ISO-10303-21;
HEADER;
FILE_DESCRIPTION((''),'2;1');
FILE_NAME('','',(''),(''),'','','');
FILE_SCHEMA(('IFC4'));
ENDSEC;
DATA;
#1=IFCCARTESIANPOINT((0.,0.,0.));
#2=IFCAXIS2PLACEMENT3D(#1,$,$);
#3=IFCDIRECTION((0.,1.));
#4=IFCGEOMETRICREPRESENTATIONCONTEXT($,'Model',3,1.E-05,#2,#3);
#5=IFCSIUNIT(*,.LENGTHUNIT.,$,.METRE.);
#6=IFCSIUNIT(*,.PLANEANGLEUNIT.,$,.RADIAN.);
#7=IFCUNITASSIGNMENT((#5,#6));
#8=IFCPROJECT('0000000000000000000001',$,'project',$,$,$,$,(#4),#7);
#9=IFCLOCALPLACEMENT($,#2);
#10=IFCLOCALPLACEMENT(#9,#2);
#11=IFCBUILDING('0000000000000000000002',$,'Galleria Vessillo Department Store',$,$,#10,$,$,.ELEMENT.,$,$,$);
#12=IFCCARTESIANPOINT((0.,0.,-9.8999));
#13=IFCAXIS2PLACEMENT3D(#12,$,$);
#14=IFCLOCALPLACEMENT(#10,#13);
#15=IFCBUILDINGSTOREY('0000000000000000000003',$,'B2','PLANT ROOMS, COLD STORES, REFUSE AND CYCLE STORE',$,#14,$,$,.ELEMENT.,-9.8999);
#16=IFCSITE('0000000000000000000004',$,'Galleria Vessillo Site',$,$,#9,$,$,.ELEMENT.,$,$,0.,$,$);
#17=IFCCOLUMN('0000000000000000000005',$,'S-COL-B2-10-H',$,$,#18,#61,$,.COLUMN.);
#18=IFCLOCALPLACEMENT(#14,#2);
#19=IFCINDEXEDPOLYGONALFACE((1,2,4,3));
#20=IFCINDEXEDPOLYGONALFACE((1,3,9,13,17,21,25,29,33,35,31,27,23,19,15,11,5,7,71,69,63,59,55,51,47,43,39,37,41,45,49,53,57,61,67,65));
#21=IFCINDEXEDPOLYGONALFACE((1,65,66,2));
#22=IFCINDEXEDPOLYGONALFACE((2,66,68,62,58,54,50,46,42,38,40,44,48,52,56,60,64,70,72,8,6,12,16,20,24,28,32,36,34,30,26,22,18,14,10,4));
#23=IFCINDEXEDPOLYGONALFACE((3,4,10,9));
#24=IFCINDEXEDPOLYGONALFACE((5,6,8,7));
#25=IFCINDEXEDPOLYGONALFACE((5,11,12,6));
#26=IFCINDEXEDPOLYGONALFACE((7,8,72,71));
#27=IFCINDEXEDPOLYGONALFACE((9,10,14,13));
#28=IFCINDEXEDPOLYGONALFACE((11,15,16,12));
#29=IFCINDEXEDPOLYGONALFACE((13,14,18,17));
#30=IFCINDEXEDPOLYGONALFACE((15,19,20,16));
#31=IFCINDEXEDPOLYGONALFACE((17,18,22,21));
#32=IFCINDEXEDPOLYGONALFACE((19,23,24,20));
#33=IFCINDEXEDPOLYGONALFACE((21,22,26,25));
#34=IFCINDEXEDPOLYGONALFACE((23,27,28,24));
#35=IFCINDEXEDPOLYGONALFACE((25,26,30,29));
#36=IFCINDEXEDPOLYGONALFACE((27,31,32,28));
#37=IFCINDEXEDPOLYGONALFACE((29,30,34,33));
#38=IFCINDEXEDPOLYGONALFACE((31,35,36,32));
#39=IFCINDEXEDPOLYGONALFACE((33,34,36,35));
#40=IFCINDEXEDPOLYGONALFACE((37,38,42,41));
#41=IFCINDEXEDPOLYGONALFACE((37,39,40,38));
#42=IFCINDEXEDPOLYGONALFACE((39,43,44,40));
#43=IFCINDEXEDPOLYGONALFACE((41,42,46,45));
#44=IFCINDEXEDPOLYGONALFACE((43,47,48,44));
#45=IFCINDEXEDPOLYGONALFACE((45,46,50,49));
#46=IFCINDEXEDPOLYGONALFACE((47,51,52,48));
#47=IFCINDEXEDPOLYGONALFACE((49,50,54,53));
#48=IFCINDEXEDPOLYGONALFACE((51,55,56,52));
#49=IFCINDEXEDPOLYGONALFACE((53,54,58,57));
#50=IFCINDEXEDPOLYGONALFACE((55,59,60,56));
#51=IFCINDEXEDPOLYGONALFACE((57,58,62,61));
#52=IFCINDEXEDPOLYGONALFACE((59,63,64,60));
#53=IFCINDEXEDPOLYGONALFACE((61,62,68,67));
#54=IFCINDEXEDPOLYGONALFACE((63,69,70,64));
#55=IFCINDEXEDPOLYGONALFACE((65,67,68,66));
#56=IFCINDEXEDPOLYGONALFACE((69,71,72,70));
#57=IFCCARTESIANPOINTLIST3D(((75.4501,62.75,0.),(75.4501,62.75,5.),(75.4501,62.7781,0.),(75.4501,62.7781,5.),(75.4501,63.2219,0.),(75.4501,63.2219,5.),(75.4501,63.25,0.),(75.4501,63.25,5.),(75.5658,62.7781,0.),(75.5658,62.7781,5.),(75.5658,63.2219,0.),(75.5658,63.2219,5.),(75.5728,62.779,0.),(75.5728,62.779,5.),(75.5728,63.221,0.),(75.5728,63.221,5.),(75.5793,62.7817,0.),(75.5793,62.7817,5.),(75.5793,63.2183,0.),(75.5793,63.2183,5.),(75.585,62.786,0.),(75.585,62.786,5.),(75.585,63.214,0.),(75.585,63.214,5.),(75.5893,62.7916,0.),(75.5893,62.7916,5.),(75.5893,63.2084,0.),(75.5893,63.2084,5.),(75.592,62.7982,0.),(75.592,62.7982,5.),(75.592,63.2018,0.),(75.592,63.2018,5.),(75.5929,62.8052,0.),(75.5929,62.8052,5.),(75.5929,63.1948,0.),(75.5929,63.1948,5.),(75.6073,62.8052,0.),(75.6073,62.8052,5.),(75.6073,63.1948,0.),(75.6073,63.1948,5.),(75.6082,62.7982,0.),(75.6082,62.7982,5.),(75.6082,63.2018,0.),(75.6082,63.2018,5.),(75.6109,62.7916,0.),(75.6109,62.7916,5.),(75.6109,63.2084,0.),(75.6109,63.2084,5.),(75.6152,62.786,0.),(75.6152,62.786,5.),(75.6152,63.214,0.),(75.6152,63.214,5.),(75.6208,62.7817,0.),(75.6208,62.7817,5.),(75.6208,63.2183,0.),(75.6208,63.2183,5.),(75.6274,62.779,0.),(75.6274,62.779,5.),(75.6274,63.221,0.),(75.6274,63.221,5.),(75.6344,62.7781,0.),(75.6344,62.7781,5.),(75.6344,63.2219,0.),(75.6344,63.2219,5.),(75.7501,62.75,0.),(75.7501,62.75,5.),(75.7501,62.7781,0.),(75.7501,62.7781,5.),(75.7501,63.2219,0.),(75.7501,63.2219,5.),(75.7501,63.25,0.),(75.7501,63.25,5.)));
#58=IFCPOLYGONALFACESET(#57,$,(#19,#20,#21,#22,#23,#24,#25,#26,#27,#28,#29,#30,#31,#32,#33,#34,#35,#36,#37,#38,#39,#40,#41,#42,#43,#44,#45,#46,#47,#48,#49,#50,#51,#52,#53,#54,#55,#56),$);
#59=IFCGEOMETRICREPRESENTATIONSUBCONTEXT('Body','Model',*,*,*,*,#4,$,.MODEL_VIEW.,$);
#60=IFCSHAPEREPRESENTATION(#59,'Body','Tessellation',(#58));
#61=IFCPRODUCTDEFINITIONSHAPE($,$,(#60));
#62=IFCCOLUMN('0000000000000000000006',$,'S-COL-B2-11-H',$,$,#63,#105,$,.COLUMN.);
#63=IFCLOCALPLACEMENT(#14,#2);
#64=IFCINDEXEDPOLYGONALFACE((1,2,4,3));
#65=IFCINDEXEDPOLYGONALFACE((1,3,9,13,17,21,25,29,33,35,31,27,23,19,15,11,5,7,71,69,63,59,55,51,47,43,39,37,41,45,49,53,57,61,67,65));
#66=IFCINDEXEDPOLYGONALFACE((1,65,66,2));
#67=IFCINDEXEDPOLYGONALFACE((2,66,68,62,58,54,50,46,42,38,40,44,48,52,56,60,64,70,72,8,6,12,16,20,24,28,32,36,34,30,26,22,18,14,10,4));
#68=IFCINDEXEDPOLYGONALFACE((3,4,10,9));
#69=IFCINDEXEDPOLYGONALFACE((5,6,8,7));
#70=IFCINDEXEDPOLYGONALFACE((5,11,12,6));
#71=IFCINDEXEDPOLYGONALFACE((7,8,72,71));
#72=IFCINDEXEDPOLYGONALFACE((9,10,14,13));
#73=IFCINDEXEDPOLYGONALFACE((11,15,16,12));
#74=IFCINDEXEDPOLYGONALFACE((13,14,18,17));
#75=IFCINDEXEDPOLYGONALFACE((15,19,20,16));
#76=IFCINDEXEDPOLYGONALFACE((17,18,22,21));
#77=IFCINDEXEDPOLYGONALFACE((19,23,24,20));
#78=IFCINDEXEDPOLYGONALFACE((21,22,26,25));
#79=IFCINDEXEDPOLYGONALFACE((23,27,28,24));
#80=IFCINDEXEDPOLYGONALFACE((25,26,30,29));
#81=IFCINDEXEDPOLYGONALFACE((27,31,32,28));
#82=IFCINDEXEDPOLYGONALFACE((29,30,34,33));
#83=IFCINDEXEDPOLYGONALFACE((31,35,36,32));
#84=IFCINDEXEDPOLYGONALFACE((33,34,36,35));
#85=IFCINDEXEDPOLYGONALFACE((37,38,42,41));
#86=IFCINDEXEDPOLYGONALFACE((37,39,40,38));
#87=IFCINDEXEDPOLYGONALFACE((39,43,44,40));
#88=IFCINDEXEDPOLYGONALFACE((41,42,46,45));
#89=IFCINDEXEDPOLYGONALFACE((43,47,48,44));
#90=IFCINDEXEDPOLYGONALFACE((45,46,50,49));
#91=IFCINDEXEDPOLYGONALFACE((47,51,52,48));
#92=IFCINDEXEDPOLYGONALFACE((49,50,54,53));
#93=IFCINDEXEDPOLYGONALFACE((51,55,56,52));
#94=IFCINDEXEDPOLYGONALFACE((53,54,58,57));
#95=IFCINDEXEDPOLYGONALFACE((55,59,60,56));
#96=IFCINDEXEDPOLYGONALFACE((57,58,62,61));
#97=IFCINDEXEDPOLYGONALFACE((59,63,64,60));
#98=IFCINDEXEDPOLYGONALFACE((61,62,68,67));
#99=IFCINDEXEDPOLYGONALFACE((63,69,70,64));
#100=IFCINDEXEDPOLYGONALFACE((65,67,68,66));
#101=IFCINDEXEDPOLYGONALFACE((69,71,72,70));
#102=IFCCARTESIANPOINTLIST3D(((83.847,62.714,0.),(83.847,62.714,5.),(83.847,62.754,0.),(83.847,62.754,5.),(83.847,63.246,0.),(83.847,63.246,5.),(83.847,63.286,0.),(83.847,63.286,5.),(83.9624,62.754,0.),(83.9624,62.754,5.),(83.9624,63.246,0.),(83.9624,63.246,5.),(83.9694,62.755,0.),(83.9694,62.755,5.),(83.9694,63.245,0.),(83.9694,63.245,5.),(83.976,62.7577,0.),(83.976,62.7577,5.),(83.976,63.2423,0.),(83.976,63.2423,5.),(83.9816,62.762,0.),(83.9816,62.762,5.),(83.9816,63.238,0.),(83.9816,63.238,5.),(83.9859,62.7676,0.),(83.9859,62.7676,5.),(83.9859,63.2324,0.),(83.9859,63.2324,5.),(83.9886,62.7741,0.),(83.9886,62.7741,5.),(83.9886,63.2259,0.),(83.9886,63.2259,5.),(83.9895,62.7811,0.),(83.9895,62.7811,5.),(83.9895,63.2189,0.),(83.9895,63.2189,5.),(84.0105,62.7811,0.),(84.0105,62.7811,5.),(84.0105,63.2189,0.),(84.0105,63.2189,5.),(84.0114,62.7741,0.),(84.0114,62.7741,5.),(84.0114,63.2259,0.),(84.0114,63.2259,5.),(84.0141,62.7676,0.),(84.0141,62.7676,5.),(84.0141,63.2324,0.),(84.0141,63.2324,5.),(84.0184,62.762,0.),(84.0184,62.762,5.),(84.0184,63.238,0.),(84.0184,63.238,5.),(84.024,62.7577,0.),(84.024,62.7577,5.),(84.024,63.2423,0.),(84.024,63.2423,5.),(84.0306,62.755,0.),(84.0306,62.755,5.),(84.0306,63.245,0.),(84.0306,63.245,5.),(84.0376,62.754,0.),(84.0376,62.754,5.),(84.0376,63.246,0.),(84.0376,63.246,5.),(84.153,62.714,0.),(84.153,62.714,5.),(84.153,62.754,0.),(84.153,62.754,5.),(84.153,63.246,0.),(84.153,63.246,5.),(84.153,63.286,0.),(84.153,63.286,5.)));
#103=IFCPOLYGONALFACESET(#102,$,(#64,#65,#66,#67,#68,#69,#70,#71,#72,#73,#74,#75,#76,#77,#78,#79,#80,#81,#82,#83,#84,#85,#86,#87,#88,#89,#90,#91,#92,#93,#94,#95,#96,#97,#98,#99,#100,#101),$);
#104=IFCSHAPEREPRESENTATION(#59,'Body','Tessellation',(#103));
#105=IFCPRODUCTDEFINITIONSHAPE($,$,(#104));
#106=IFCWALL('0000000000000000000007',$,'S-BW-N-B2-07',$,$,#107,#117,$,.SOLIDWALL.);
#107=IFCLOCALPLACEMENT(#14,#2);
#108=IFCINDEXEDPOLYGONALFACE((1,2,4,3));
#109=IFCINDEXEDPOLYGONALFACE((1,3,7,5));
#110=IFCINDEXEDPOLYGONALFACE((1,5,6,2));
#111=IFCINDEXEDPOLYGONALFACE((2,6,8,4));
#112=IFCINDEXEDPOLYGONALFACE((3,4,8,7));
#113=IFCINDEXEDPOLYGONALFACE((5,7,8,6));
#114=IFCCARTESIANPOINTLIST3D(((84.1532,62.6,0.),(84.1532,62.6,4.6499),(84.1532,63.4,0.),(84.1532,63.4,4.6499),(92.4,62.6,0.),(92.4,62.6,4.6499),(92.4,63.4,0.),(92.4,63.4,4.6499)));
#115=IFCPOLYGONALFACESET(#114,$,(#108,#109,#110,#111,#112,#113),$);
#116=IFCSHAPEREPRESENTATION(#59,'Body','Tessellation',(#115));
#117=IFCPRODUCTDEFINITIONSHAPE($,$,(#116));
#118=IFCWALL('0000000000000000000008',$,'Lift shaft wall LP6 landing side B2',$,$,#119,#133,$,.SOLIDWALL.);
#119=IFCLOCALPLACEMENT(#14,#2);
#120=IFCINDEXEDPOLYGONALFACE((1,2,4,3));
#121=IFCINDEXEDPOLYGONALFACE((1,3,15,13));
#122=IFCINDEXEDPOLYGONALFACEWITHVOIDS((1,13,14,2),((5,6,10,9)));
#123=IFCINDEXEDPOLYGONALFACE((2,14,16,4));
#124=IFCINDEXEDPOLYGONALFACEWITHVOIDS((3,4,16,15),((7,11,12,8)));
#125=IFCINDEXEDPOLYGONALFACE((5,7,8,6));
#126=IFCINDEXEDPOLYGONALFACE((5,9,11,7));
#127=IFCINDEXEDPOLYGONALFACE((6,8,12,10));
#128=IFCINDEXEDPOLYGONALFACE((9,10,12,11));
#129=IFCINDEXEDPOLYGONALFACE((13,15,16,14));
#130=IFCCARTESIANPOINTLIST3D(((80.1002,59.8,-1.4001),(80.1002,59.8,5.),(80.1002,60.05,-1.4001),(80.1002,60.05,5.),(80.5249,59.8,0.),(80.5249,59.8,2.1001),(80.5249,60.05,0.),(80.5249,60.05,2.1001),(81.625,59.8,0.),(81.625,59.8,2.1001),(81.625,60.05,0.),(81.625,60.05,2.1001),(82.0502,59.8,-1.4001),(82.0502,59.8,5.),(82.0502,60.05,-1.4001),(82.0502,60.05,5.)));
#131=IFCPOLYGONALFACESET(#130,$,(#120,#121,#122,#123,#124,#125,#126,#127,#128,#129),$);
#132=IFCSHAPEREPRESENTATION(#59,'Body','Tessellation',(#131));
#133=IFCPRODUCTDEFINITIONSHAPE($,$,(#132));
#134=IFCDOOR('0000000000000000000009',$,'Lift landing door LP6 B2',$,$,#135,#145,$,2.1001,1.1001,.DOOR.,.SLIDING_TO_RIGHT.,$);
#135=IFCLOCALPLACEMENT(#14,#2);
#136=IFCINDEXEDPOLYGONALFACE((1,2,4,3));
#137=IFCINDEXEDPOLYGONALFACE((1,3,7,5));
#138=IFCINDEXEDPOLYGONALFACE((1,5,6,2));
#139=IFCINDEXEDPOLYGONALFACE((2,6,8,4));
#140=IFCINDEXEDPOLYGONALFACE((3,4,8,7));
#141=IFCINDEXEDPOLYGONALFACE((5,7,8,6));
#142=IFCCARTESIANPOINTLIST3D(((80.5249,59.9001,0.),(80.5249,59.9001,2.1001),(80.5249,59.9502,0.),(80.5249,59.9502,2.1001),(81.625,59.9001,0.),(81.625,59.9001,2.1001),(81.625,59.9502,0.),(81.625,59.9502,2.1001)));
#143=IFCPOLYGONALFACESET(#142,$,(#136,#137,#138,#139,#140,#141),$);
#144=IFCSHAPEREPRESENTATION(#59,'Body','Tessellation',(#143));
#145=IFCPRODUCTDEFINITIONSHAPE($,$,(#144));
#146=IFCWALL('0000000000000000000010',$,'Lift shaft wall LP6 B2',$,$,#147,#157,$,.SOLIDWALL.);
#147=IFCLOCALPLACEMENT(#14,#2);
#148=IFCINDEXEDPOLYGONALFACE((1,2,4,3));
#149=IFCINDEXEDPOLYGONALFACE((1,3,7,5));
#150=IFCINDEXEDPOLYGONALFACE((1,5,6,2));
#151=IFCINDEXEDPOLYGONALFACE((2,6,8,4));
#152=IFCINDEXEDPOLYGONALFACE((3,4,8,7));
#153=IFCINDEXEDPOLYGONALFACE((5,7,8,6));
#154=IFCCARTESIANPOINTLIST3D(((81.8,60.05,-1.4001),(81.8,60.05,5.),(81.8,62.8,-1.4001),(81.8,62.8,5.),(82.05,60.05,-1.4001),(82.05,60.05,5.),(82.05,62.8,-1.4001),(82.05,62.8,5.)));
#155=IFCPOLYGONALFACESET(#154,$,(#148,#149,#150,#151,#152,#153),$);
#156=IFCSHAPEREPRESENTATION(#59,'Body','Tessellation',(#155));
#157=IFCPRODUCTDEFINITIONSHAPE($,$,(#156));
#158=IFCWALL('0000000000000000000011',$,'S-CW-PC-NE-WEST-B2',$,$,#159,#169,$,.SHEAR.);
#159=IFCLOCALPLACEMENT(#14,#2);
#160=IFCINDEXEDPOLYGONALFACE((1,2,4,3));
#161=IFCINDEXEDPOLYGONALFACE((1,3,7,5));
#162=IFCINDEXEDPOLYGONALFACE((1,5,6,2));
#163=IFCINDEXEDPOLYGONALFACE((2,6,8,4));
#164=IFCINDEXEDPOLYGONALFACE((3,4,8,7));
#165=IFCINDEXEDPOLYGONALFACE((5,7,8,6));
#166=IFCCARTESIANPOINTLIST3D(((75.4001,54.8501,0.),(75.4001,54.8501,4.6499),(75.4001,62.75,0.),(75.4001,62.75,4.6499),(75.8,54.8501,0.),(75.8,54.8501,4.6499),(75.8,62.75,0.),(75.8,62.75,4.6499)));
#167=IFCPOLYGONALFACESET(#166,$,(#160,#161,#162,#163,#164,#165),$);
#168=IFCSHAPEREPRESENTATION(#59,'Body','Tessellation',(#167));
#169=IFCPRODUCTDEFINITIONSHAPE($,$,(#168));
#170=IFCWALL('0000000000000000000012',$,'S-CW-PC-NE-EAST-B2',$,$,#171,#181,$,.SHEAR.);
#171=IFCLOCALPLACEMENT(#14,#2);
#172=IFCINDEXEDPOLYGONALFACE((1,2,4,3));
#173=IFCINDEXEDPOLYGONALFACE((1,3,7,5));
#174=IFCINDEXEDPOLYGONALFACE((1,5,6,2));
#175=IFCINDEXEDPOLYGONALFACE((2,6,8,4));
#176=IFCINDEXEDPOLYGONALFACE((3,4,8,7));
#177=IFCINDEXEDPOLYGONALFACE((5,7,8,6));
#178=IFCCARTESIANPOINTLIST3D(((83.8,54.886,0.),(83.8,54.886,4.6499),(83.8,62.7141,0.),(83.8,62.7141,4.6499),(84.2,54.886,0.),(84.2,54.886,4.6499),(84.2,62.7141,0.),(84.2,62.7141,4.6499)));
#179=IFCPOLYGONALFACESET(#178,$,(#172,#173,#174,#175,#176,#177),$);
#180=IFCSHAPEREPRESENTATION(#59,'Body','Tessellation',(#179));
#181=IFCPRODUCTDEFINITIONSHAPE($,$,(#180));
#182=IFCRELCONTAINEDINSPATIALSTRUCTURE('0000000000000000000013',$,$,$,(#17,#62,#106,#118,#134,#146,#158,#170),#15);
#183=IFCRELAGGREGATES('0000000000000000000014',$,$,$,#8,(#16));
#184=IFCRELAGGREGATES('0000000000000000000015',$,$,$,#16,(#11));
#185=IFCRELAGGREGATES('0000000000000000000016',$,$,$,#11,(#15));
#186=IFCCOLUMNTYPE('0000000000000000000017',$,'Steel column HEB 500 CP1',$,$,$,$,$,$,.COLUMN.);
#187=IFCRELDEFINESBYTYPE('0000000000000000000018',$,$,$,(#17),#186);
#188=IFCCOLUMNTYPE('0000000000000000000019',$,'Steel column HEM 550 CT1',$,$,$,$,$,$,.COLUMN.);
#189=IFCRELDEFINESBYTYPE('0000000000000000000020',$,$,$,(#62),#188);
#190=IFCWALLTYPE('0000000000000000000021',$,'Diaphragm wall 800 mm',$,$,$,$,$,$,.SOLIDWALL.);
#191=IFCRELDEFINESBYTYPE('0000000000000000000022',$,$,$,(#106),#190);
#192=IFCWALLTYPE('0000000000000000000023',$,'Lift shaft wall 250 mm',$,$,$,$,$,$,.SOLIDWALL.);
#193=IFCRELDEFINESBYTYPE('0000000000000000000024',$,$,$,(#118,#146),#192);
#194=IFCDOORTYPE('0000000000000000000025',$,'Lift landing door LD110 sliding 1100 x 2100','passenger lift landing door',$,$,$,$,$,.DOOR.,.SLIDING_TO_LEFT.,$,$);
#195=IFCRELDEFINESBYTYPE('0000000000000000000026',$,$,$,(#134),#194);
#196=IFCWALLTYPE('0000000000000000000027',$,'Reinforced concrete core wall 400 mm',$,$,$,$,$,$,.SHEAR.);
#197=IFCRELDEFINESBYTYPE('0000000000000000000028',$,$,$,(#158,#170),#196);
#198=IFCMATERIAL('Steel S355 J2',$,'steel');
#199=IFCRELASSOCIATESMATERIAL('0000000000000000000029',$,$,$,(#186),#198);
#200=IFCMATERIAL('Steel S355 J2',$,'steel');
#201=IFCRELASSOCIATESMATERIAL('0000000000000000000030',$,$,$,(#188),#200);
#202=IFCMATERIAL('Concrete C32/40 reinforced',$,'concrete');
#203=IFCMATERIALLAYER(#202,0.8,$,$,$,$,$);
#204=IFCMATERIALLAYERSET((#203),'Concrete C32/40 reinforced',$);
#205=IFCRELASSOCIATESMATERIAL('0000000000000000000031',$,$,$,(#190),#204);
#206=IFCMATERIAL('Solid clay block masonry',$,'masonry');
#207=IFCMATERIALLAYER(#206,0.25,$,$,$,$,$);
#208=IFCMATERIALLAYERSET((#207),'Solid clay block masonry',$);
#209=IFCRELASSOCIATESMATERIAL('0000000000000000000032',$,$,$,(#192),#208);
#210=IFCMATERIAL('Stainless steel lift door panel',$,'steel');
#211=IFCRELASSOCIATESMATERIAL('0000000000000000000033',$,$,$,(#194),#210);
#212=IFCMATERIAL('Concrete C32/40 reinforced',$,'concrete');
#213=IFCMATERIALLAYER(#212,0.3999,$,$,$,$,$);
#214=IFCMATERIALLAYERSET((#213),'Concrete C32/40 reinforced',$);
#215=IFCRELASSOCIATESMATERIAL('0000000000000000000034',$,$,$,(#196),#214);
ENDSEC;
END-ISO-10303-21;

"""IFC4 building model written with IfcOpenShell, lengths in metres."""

from ifc_helpers import new_model, si_unit, direction, frame, frame_2d, origin, origin_2d, place, context, subcontext, project, spatial, rectangle, i_section, extrude, material, layer, layer_set, material_profile, profile_set, type_object, element, fill, save


model = new_model("IFC4")

# Units and contexts
model_context = context("Model", 3, precision=1e-05, world=origin(), true_north=direction((0.0, 1.0)))
body_context = subcontext(model_context, "Body", "Model", "MODEL_VIEW")
ifc_project = project(units=[si_unit("LENGTHUNIT", "METRE"), si_unit("PLANEANGLEUNIT", "RADIAN")], contexts=[model_context])

# Site, building, storey
site_placement = place(None, origin())
site = spatial("IfcSite", under=ifc_project, at=site_placement, Name="Galleria Vessillo Site", CompositionType="ELEMENT", RefElevation=0.0)
building_placement = place(site_placement, origin())
building = spatial("IfcBuilding", under=site, at=building_placement, Name="Galleria Vessillo Department Store", CompositionType="ELEMENT")
storey_placement = place(building_placement, frame((0.0, 0.0, -9.8999)))
storey = spatial("IfcBuildingStorey", under=building, at=storey_placement, Name="B2", Description="PLANT ROOMS, COLD STORES, REFUSE AND CYCLE STORE", CompositionType="ELEMENT", Elevation=-9.8999)

# Columns
ifc_material_1 = material(Name="Steel S355 J2", Category="steel")
ifc_material_profile_1 = material_profile(ifc_material_1, i_section(OverallWidth=0.3, OverallDepth=0.5, WebThickness=0.0144, FlangeThickness=0.0281, FilletRadius=0.0271, at=origin_2d()), Name="HEB 500")
ifc_profile_set_1 = profile_set([ifc_material_profile_1], Name="Steel S355 J2")
column_type_1 = type_object("IfcColumnType", Name="Steel column HEB 500 CP1", PredefinedType="COLUMN", material=ifc_profile_set_1)
column_1_placement = place(storey_placement, frame((75.6001, 63.0, 0.0), z_axis=(0.0, 0.0, 1.0), x_axis=(1.0, 0.0, 0.0)))
element("IfcColumn", 1, at=column_1_placement, inside=storey, type_object=column_type_1, Name="S-COL-B2-10-H", PredefinedType="COLUMN", context=body_context, shape_type="SweptSolid", body=[
    extrude(i_section(OverallWidth=0.3, OverallDepth=0.5, WebThickness=0.0144, FlangeThickness=0.0281, FilletRadius=0.0271, at=origin_2d()), origin(), (0.0, 0.0, 1.0), 5.0),
])
ifc_material_2 = material(Name="Steel S355 J2", Category="steel")
ifc_material_profile_2 = material_profile(ifc_material_2, i_section(OverallWidth=0.3059, OverallDepth=0.572, WebThickness=0.021, FlangeThickness=0.04, FilletRadius=0.0271, at=origin_2d()), Name="HEM 550")
ifc_profile_set_2 = profile_set([ifc_material_profile_2], Name="Steel S355 J2")
column_type_2 = type_object("IfcColumnType", Name="Steel column HEM 550 CT1", PredefinedType="COLUMN", material=ifc_profile_set_2)
column_2_placement = place(storey_placement, frame((84.0, 63.0, 0.0), z_axis=(0.0, 0.0, 1.0), x_axis=(1.0, 0.0, 0.0)))
element("IfcColumn", 2, at=column_2_placement, inside=storey, type_object=column_type_2, Name="S-COL-B2-11-H", PredefinedType="COLUMN", context=body_context, shape_type="SweptSolid", body=[
    extrude(i_section(OverallWidth=0.3059, OverallDepth=0.572, WebThickness=0.021, FlangeThickness=0.04, FilletRadius=0.0271, at=origin_2d()), origin(), (0.0, 0.0, 1.0), 5.0),
])

# Wall
ifc_material_3 = material(Name="Concrete C32/40 reinforced", Category="concrete")
ifc_layer_1 = layer(ifc_material_3, 0.8)
ifc_layer_set_1 = layer_set([ifc_layer_1], Name="Concrete C32/40 reinforced")
wall_type_1 = type_object("IfcWallType", Name="Diaphragm wall 800 mm", PredefinedType="SOLIDWALL", material=ifc_layer_set_1)
wall_1_placement = place(storey_placement, frame((84.1531, 63.0, 0.0), z_axis=(0.0, 0.0, 1.0), x_axis=(1.0, 0.0, 0.0)))
element("IfcWall", 3, at=wall_1_placement, inside=storey, type_object=wall_type_1, Name="S-BW-N-B2-07", PredefinedType="SOLIDWALL", context=body_context, shape_type="SweptSolid", body=[
    extrude(rectangle(XDim=8.2468, YDim=0.8, at=frame_2d((4.1235, 0.0))), origin(), (0.0, 0.0, 1.0), 4.6499),
])

# Wall, opening, door
ifc_material_4 = material(Name="Solid clay block masonry", Category="masonry")
ifc_layer_2 = layer(ifc_material_4, 0.25)
ifc_layer_set_2 = layer_set([ifc_layer_2], Name="Solid clay block masonry")
wall_type_2 = type_object("IfcWallType", Name="Lift shaft wall 250 mm", PredefinedType="SOLIDWALL", material=ifc_layer_set_2)
wall_2_placement = place(storey_placement, frame((80.1001, 59.925, -1.4001), z_axis=(0.0, 0.0, 1.0), x_axis=(1.0, 0.0, 0.0)))
wall_2 = element("IfcWall", 4, at=wall_2_placement, inside=storey, type_object=wall_type_2, Name="Lift shaft wall LP6 landing side B2", PredefinedType="SOLIDWALL", context=body_context, shape_type="SweptSolid", body=[
    extrude(rectangle(XDim=1.95, YDim=0.25, at=frame_2d((0.9751, 0.0))), origin(), (0.0, 0.0, 1.0), 6.4001),
])
opening_1_placement = place(wall_2_placement, frame((0.4248, 0.0, 1.4001)))
opening_1 = element("IfcOpeningElement", 5, at=opening_1_placement, cuts=wall_2, PredefinedType="OPENING", context=body_context, shape_type="SweptSolid", body=[
    extrude(rectangle(XDim=1.1001, YDim=2.1001, at=frame_2d((0.55, 1.05))), frame((0.0, 0.135, 0.0), z_axis=(0.0, -1.0, 0.0), x_axis=(1.0, 0.0, 0.0)), (0.0, 0.0, 1.0), 0.27),
])
ifc_material_5 = material(Name="Stainless steel lift door panel", Category="steel")
door_type_1 = type_object("IfcDoorType", Name="Lift landing door LD110 sliding 1100 x 2100", Description="passenger lift landing door", OperationType="SLIDING_TO_LEFT", PredefinedType="DOOR", material=ifc_material_5)
door_1_placement = place(opening_1_placement, frame((1.1001, 0.0, 0.0), z_axis=(0.0, 0.0, 1.0), x_axis=(-1.0, 0.0, 0.0)))
door_1 = element("IfcDoor", 6, at=door_1_placement, inside=storey, type_object=door_type_1, Name="Lift landing door LP6 B2", OperationType="SLIDING_TO_RIGHT", OverallHeight=2.1001, OverallWidth=1.1001, PredefinedType="DOOR", context=body_context, shape_type="SweptSolid", body=[
    extrude(rectangle(XDim=1.1001, YDim=2.1001, at=frame_2d((0.55, 1.05))), frame((0.0, 0.0249, 0.0), z_axis=(0.0, -1.0, 0.0), x_axis=(1.0, 0.0, 0.0)), (0.0, 0.0, 1.0), 0.05),
])
fill(opening_1, door_1)

# Walls
wall_3_placement = place(storey_placement, frame((81.925, 62.8, -1.4001), z_axis=(0.0, 0.0, 1.0), x_axis=(0.0, -1.0, 0.0)))
element("IfcWall", 7, at=wall_3_placement, inside=storey, type_object=wall_type_2, Name="Lift shaft wall LP6 B2", PredefinedType="SOLIDWALL", context=body_context, shape_type="SweptSolid", body=[
    extrude(rectangle(XDim=2.75, YDim=0.25, at=frame_2d((1.375, 0.0))), origin(), (0.0, 0.0, 1.0), 6.4001),
])
ifc_material_6 = material(Name="Concrete C32/40 reinforced", Category="concrete")
ifc_layer_3 = layer(ifc_material_6, 0.3999)
ifc_layer_set_3 = layer_set([ifc_layer_3], Name="Concrete C32/40 reinforced")
wall_type_3 = type_object("IfcWallType", Name="Reinforced concrete core wall 400 mm", PredefinedType="SHEAR", material=ifc_layer_set_3)
wall_4_placement = place(storey_placement, frame((75.6001, 54.8501, 0.0), z_axis=(0.0, 0.0, 1.0), x_axis=(0.0, 1.0, 0.0)))
element("IfcWall", 8, at=wall_4_placement, inside=storey, type_object=wall_type_3, Name="S-CW-PC-NE-WEST-B2", PredefinedType="SHEAR", context=body_context, shape_type="SweptSolid", body=[
    extrude(rectangle(XDim=7.8999, YDim=0.3999, at=frame_2d((3.95, 0.0))), origin(), (0.0, 0.0, 1.0), 4.6499),
])
wall_5_placement = place(storey_placement, frame((84.0, 54.886, 0.0), z_axis=(0.0, 0.0, 1.0), x_axis=(0.0, 1.0, 0.0)))
element("IfcWall", 9, at=wall_5_placement, inside=storey, type_object=wall_type_3, Name="S-CW-PC-NE-EAST-B2", PredefinedType="SHEAR", context=body_context, shape_type="SweptSolid", body=[
    extrude(rectangle(XDim=7.8281, YDim=0.3999, at=frame_2d((3.9141, 0.0))), origin(), (0.0, 0.0, 1.0), 4.6499),
])

save(model, "model.ifc")
